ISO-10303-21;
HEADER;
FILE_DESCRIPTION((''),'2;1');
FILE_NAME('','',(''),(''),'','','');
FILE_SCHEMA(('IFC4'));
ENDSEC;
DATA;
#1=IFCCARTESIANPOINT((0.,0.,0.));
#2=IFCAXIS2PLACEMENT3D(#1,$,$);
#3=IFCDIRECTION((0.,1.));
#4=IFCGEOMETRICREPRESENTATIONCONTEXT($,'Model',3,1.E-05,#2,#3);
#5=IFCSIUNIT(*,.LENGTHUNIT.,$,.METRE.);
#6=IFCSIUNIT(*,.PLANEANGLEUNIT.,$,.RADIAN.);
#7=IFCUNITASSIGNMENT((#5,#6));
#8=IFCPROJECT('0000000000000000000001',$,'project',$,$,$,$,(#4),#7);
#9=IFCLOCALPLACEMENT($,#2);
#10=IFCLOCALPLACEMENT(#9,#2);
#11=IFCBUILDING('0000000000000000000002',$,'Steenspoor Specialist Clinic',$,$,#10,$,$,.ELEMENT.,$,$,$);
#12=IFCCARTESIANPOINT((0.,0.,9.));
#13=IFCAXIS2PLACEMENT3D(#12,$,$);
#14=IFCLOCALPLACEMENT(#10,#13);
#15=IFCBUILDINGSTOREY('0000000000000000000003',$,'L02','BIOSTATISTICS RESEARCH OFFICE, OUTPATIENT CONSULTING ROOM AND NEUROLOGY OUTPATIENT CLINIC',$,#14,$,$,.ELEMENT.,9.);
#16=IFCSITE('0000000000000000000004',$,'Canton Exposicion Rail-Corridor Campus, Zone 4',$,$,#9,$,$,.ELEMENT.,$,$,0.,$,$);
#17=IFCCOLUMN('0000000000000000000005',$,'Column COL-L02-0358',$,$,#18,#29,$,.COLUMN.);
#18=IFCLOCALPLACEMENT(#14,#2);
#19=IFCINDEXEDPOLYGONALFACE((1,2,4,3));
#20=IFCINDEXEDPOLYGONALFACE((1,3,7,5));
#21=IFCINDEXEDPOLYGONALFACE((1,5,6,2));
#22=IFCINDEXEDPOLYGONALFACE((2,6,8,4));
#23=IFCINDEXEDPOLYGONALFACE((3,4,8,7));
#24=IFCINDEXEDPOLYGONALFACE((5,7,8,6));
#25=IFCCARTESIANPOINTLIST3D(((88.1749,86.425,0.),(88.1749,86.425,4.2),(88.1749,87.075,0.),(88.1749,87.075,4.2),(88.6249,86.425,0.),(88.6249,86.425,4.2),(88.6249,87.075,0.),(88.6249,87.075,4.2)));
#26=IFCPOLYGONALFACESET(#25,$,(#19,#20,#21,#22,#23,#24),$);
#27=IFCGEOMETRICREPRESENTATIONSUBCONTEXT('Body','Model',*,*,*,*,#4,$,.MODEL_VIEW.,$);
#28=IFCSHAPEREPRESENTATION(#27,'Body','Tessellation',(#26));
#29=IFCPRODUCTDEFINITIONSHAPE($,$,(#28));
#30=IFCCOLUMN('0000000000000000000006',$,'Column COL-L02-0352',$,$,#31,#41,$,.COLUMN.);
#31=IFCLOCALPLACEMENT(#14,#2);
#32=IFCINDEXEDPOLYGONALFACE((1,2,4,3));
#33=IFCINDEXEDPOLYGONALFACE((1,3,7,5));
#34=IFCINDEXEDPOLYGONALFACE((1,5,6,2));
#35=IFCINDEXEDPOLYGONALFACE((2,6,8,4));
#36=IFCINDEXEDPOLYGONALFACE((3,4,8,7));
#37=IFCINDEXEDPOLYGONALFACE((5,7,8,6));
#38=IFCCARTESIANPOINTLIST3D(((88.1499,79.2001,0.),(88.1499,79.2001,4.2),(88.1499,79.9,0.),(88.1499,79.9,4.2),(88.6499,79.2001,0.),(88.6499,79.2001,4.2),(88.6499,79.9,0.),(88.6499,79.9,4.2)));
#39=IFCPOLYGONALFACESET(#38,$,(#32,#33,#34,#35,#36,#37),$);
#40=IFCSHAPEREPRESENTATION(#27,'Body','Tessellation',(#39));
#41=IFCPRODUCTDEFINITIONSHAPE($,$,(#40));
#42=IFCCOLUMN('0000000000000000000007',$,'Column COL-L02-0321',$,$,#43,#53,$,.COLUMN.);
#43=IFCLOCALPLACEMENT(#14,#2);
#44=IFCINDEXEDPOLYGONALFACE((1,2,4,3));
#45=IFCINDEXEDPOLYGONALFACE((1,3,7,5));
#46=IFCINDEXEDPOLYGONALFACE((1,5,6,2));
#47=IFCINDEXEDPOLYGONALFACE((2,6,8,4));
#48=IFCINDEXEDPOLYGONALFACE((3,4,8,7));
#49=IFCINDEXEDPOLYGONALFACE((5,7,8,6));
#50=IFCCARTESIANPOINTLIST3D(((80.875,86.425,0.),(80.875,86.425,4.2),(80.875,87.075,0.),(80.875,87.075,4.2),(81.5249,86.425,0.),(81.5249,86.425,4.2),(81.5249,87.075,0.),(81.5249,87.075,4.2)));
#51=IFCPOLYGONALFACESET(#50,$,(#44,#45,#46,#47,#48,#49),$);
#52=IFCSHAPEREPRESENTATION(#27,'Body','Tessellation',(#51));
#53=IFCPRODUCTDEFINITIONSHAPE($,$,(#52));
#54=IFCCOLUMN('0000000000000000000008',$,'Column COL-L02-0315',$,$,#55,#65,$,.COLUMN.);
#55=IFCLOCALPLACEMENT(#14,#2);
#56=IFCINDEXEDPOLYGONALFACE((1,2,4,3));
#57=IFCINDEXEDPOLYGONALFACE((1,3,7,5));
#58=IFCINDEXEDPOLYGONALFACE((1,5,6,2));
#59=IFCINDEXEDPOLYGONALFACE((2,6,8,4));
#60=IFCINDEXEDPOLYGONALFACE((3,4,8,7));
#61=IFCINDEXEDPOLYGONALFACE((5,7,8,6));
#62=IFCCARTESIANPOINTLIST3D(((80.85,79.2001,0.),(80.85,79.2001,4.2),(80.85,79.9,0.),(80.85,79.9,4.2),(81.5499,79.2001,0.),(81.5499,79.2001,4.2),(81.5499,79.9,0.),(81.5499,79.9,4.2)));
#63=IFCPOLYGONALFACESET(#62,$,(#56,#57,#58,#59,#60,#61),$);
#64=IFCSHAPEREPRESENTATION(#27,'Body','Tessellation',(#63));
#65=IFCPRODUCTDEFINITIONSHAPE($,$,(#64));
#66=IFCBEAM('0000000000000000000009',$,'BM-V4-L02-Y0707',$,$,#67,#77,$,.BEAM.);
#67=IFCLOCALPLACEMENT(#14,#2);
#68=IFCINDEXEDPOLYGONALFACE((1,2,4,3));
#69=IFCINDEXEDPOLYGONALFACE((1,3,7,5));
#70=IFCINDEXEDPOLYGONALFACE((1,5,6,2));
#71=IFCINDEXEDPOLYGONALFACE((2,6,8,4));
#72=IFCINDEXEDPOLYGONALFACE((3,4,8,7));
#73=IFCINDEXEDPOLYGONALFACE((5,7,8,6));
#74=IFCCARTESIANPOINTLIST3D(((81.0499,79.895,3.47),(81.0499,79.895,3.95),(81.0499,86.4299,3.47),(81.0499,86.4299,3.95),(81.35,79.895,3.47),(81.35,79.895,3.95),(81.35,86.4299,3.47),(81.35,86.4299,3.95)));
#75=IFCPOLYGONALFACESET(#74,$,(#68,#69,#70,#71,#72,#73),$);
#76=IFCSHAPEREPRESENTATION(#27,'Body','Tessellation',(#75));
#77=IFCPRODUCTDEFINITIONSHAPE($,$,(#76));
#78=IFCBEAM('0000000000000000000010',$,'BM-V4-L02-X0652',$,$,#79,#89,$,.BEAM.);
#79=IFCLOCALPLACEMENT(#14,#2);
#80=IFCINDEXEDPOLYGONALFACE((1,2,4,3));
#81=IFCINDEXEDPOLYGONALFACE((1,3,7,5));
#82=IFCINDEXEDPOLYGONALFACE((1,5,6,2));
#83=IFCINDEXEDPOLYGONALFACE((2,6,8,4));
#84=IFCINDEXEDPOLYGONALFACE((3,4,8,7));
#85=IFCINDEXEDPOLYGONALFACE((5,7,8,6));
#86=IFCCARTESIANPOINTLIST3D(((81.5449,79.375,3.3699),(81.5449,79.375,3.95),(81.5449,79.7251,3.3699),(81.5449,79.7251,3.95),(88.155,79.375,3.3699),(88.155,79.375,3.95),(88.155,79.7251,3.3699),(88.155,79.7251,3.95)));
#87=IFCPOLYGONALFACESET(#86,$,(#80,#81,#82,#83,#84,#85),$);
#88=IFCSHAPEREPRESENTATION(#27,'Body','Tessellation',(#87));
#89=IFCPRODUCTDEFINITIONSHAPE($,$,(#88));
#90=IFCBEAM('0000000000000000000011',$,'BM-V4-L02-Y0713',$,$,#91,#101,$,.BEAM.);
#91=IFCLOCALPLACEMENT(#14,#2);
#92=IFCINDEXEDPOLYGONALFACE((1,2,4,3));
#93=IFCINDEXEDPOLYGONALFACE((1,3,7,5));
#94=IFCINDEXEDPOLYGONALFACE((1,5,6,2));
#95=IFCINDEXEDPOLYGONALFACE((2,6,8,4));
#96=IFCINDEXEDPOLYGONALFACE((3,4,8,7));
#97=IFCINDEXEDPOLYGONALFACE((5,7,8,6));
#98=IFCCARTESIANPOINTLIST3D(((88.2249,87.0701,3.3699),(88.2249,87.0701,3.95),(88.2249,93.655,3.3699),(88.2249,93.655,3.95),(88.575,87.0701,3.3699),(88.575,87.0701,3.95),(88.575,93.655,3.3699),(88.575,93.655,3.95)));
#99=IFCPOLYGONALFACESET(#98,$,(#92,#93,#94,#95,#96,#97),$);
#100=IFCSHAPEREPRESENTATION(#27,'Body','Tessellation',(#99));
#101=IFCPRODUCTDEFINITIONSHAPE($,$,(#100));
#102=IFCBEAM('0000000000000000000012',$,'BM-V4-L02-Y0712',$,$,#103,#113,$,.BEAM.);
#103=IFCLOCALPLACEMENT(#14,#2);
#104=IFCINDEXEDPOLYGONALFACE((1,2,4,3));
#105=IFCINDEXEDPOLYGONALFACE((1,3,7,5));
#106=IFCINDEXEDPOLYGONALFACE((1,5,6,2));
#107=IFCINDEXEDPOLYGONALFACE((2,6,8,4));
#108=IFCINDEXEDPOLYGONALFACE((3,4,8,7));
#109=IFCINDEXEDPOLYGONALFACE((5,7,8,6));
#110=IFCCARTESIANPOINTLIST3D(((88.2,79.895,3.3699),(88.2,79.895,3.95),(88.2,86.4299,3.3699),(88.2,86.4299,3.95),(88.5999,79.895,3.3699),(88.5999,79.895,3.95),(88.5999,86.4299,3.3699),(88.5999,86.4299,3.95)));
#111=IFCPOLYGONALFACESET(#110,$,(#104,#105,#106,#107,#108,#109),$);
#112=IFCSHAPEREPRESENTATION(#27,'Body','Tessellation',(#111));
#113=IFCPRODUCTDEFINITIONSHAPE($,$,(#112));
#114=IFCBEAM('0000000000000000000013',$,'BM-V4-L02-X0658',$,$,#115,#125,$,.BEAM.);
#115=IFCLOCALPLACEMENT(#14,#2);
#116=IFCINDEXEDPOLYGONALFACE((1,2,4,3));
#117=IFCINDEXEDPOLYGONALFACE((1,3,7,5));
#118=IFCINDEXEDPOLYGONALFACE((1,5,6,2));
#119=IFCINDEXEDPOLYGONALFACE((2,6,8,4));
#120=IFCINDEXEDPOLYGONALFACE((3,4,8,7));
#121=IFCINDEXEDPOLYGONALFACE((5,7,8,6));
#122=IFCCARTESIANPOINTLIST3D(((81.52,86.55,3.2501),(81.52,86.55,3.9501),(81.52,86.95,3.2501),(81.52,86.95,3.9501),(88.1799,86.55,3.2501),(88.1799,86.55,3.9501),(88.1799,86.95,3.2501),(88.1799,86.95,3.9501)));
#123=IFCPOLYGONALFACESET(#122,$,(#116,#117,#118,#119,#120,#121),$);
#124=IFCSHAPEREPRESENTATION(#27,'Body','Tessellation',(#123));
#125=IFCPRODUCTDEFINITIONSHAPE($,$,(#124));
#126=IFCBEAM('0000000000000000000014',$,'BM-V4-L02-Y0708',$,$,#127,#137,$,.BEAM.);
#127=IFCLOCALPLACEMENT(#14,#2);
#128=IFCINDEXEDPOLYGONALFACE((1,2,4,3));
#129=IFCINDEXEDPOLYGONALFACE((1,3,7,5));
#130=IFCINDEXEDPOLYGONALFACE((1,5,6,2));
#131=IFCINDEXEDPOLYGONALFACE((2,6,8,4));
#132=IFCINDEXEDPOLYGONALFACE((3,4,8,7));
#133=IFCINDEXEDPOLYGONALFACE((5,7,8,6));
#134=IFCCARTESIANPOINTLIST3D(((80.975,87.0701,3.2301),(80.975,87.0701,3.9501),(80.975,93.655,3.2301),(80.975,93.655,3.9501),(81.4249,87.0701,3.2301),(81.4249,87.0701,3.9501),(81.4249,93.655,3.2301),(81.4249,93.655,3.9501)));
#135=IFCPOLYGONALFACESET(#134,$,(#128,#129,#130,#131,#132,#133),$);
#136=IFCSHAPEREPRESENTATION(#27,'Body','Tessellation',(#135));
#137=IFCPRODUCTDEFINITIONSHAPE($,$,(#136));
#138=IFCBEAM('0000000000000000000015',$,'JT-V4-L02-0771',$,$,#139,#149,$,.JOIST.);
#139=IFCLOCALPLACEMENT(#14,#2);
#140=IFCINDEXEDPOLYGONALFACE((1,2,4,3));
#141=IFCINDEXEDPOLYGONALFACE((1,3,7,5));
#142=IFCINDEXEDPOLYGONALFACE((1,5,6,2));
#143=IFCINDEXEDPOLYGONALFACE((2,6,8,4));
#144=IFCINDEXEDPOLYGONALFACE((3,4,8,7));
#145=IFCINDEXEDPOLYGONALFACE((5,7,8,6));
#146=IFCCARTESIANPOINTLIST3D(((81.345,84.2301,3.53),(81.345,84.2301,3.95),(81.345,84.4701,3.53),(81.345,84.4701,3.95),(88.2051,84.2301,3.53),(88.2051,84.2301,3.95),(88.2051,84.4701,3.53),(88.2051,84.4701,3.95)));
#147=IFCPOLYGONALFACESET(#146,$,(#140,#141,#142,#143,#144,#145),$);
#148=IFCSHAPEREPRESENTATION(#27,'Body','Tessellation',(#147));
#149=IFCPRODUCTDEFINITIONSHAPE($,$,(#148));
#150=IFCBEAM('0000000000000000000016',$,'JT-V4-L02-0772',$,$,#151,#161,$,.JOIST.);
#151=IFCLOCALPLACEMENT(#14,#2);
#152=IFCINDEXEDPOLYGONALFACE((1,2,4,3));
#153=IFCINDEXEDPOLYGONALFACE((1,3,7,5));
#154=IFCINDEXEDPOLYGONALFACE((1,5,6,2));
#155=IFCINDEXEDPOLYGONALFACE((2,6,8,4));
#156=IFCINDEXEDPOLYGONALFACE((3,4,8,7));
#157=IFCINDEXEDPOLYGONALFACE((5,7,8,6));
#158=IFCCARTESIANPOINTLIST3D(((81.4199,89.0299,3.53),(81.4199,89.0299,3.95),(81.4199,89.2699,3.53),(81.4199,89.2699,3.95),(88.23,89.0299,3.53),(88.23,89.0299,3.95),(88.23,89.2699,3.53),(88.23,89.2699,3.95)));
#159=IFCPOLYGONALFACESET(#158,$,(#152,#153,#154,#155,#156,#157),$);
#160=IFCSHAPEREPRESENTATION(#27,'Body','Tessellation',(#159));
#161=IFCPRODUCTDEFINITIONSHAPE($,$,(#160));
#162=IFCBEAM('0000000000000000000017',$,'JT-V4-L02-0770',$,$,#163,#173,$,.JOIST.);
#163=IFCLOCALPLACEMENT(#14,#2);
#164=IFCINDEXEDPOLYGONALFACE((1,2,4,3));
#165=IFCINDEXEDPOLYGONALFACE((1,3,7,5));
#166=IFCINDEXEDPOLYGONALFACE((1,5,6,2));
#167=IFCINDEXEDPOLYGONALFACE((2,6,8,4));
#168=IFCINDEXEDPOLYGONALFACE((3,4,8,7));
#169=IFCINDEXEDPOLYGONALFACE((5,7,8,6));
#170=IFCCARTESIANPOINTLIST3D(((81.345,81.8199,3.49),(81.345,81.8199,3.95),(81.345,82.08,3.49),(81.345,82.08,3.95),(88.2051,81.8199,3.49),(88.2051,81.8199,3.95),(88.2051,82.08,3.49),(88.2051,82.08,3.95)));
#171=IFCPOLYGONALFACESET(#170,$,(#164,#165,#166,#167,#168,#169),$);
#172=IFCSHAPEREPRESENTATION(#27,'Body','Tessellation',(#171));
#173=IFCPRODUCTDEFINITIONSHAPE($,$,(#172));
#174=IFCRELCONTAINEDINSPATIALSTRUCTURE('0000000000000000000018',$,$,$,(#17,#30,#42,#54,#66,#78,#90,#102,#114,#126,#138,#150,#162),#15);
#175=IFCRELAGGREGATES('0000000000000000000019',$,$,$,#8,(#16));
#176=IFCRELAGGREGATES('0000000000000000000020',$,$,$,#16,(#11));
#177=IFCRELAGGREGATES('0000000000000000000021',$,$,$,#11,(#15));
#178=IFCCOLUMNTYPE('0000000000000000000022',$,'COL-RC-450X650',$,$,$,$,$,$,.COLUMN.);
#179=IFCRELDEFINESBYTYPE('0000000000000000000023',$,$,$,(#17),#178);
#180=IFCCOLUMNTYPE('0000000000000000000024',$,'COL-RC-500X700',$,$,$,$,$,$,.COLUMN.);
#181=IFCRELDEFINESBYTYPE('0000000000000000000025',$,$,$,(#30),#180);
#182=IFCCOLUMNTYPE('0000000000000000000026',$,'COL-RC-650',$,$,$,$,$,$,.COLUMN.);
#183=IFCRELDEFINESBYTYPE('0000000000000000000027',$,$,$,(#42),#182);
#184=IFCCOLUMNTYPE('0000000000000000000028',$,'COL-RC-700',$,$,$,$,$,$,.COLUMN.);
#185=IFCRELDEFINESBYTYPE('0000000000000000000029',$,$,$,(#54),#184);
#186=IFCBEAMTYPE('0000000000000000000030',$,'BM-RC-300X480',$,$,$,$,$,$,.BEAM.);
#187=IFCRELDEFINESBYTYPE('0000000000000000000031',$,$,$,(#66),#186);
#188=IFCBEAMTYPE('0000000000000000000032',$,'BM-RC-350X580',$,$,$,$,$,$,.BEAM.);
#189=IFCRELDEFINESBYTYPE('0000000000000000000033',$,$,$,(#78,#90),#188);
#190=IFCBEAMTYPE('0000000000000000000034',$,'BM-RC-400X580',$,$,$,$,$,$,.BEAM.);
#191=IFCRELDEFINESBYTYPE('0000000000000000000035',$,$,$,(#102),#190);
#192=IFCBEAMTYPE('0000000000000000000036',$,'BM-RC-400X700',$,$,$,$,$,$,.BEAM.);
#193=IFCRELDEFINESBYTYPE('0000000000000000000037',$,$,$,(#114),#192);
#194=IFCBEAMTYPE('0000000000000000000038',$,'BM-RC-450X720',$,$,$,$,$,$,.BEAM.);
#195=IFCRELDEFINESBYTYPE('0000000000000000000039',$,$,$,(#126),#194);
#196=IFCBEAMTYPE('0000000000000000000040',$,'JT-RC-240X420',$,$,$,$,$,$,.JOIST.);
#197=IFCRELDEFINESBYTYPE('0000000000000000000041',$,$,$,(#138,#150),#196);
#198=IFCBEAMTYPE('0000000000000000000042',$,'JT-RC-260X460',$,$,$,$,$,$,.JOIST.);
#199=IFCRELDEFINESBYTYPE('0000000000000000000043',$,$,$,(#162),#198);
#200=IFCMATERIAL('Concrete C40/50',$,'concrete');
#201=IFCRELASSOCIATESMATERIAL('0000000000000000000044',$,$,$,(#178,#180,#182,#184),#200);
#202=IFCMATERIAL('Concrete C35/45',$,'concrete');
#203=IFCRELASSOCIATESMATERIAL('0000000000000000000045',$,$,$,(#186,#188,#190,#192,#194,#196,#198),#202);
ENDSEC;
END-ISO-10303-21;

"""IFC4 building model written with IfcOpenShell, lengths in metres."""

from ifc_helpers import new_model, si_unit, direction, frame, origin, origin_2d, place, context, subcontext, project, spatial, rectangle, extrude, material, material_profile, profile_set, type_object, element, save


model = new_model("IFC4")

# Units and contexts
model_context = context("Model", 3, precision=1e-05, world=origin(), true_north=direction((0.0, 1.0)))
body_context = subcontext(model_context, "Body", "Model", "MODEL_VIEW")
ifc_project = project(units=[si_unit("LENGTHUNIT", "METRE"), si_unit("PLANEANGLEUNIT", "RADIAN")], contexts=[model_context])

# Site, building, storey
site_placement = place(None, origin())
site = spatial("IfcSite", under=ifc_project, at=site_placement, Name="Canton Exposicion Rail-Corridor Campus, Zone 4", CompositionType="ELEMENT", RefElevation=0.0)
building_placement = place(site_placement, origin())
building = spatial("IfcBuilding", under=site, at=building_placement, Name="Steenspoor Specialist Clinic", CompositionType="ELEMENT")
storey_placement = place(building_placement, frame((0.0, 0.0, 9.0)))
storey = spatial("IfcBuildingStorey", under=building, at=storey_placement, Name="L02", Description="BIOSTATISTICS RESEARCH OFFICE, OUTPATIENT CONSULTING ROOM AND NEUROLOGY OUTPATIENT CLINIC", CompositionType="ELEMENT", Elevation=9.0)

# Columns
ifc_material_1 = material(Name="Concrete C40/50", Category="concrete")
ifc_material_profile_1 = material_profile(ifc_material_1, rectangle(XDim=0.45, YDim=0.6499, at=origin_2d()), Name="RC-COL-450X650")
ifc_profile_set_1 = profile_set([ifc_material_profile_1], Name="Concrete C40/50")
column_type_1 = type_object("IfcColumnType", Name="COL-RC-450X650", PredefinedType="COLUMN", material=ifc_profile_set_1)
column_1_placement = place(storey_placement, frame((88.3999, 86.75, 0.0), z_axis=(0.0, 0.0, 1.0), x_axis=(1.0, 0.0, 0.0)))
element("IfcColumn", 1, at=column_1_placement, inside=storey, type_object=column_type_1, Name="Column COL-L02-0358", PredefinedType="COLUMN", context=body_context, shape_type="SweptSolid", body=[
    extrude(rectangle(XDim=0.45, YDim=0.6499, at=origin_2d()), origin(), (0.0, 0.0, 1.0), 4.2),
])
ifc_material_profile_2 = material_profile(ifc_material_1, rectangle(XDim=0.5, YDim=0.7, at=origin_2d()), Name="RC-COL-500X700")
ifc_profile_set_2 = profile_set([ifc_material_profile_2], Name="Concrete C40/50")
column_type_2 = type_object("IfcColumnType", Name="COL-RC-500X700", PredefinedType="COLUMN", material=ifc_profile_set_2)
column_2_placement = place(storey_placement, frame((88.3999, 79.55, 0.0), z_axis=(0.0, 0.0, 1.0), x_axis=(1.0, 0.0, 0.0)))
element("IfcColumn", 2, at=column_2_placement, inside=storey, type_object=column_type_2, Name="Column COL-L02-0352", PredefinedType="COLUMN", context=body_context, shape_type="SweptSolid", body=[
    extrude(rectangle(XDim=0.5, YDim=0.7, at=origin_2d()), origin(), (0.0, 0.0, 1.0), 4.2),
])
ifc_material_profile_3 = material_profile(ifc_material_1, rectangle(XDim=0.6499, YDim=0.6499, at=origin_2d()), Name="RC-COL-650X650")
ifc_profile_set_3 = profile_set([ifc_material_profile_3], Name="Concrete C40/50")
column_type_3 = type_object("IfcColumnType", Name="COL-RC-650", PredefinedType="COLUMN", material=ifc_profile_set_3)
column_3_placement = place(storey_placement, frame((81.2, 86.75, 0.0), z_axis=(0.0, 0.0, 1.0), x_axis=(1.0, 0.0, 0.0)))
element("IfcColumn", 3, at=column_3_placement, inside=storey, type_object=column_type_3, Name="Column COL-L02-0321", PredefinedType="COLUMN", context=body_context, shape_type="SweptSolid", body=[
    extrude(rectangle(XDim=0.6499, YDim=0.6499, at=origin_2d()), origin(), (0.0, 0.0, 1.0), 4.2),
])
ifc_material_profile_4 = material_profile(ifc_material_1, rectangle(XDim=0.7, YDim=0.7, at=origin_2d()), Name="RC-COL-700X700")
ifc_profile_set_4 = profile_set([ifc_material_profile_4], Name="Concrete C40/50")
column_type_4 = type_object("IfcColumnType", Name="COL-RC-700", PredefinedType="COLUMN", material=ifc_profile_set_4)
column_4_placement = place(storey_placement, frame((81.2, 79.55, 0.0), z_axis=(0.0, 0.0, 1.0), x_axis=(1.0, 0.0, 0.0)))
element("IfcColumn", 4, at=column_4_placement, inside=storey, type_object=column_type_4, Name="Column COL-L02-0315", PredefinedType="COLUMN", context=body_context, shape_type="SweptSolid", body=[
    extrude(rectangle(XDim=0.7, YDim=0.7, at=origin_2d()), origin(), (0.0, 0.0, 1.0), 4.2),
])

# Beams
ifc_material_2 = material(Name="Concrete C35/45", Category="concrete")
ifc_material_profile_5 = material_profile(ifc_material_2, rectangle(XDim=0.3, YDim=0.48, at=origin_2d()), Name="RC-BM-300X480")
ifc_profile_set_5 = profile_set([ifc_material_profile_5], Name="Concrete C35/45")
beam_type_1 = type_object("IfcBeamType", Name="BM-RC-300X480", PredefinedType="BEAM", material=ifc_profile_set_5)
beam_1_placement = place(storey_placement, frame((81.2, 79.895, 3.71), z_axis=(0.0, 1.0, 0.0), x_axis=(-1.0, 0.0, 0.0)))
element("IfcBeam", 5, at=beam_1_placement, inside=storey, type_object=beam_type_1, Name="BM-V4-L02-Y0707", PredefinedType="BEAM", context=body_context, shape_type="SweptSolid", body=[
    extrude(rectangle(XDim=0.3, YDim=0.48, at=origin_2d()), origin(), (0.0, 0.0, 1.0), 6.5349),
])
ifc_material_profile_6 = material_profile(ifc_material_2, rectangle(XDim=0.3501, YDim=0.5801, at=origin_2d()), Name="RC-BM-350X580")
ifc_profile_set_6 = profile_set([ifc_material_profile_6], Name="Concrete C35/45")
beam_type_2 = type_object("IfcBeamType", Name="BM-RC-350X580", PredefinedType="BEAM", material=ifc_profile_set_6)
beam_2_placement = place(storey_placement, frame((81.5449, 79.55, 3.6599), z_axis=(1.0, 0.0, 0.0), x_axis=(0.0, 1.0, 0.0)))
element("IfcBeam", 6, at=beam_2_placement, inside=storey, type_object=beam_type_2, Name="BM-V4-L02-X0652", PredefinedType="BEAM", context=body_context, shape_type="SweptSolid", body=[
    extrude(rectangle(XDim=0.3501, YDim=0.5801, at=origin_2d()), origin(), (0.0, 0.0, 1.0), 6.6101),
])
beam_3_placement = place(storey_placement, frame((88.3999, 87.0701, 3.6599), z_axis=(0.0, 1.0, 0.0), x_axis=(-1.0, 0.0, 0.0)))
element("IfcBeam", 7, at=beam_3_placement, inside=storey, type_object=beam_type_2, Name="BM-V4-L02-Y0713", PredefinedType="BEAM", context=body_context, shape_type="SweptSolid", body=[
    extrude(rectangle(XDim=0.3501, YDim=0.5801, at=origin_2d()), origin(), (0.0, 0.0, 1.0), 6.585),
])
ifc_material_profile_7 = material_profile(ifc_material_2, rectangle(XDim=0.3999, YDim=0.5801, at=origin_2d()), Name="RC-BM-400X580")
ifc_profile_set_7 = profile_set([ifc_material_profile_7], Name="Concrete C35/45")
beam_type_3 = type_object("IfcBeamType", Name="BM-RC-400X580", PredefinedType="BEAM", material=ifc_profile_set_7)
beam_4_placement = place(storey_placement, frame((88.3999, 79.895, 3.6599), z_axis=(0.0, 1.0, 0.0), x_axis=(-1.0, 0.0, 0.0)))
element("IfcBeam", 8, at=beam_4_placement, inside=storey, type_object=beam_type_3, Name="BM-V4-L02-Y0712", PredefinedType="BEAM", context=body_context, shape_type="SweptSolid", body=[
    extrude(rectangle(XDim=0.3999, YDim=0.5801, at=origin_2d()), origin(), (0.0, 0.0, 1.0), 6.5349),
])
ifc_material_profile_8 = material_profile(ifc_material_2, rectangle(XDim=0.3999, YDim=0.7, at=origin_2d()), Name="RC-BM-400X700")
ifc_profile_set_8 = profile_set([ifc_material_profile_8], Name="Concrete C35/45")
beam_type_4 = type_object("IfcBeamType", Name="BM-RC-400X700", PredefinedType="BEAM", material=ifc_profile_set_8)
beam_5_placement = place(storey_placement, frame((81.52, 86.75, 3.6001), z_axis=(1.0, 0.0, 0.0), x_axis=(0.0, 1.0, 0.0)))
element("IfcBeam", 9, at=beam_5_placement, inside=storey, type_object=beam_type_4, Name="BM-V4-L02-X0658", PredefinedType="BEAM", context=body_context, shape_type="SweptSolid", body=[
    extrude(rectangle(XDim=0.3999, YDim=0.7, at=origin_2d()), origin(), (0.0, 0.0, 1.0), 6.6599),
])
ifc_material_profile_9 = material_profile(ifc_material_2, rectangle(XDim=0.45, YDim=0.72, at=origin_2d()), Name="RC-BM-450X720")
ifc_profile_set_9 = profile_set([ifc_material_profile_9], Name="Concrete C35/45")
beam_type_5 = type_object("IfcBeamType", Name="BM-RC-450X720", PredefinedType="BEAM", material=ifc_profile_set_9)
beam_6_placement = place(storey_placement, frame((81.2, 87.0701, 3.5901), z_axis=(0.0, 1.0, 0.0), x_axis=(-1.0, 0.0, 0.0)))
element("IfcBeam", 10, at=beam_6_placement, inside=storey, type_object=beam_type_5, Name="BM-V4-L02-Y0708", PredefinedType="BEAM", context=body_context, shape_type="SweptSolid", body=[
    extrude(rectangle(XDim=0.45, YDim=0.72, at=origin_2d()), origin(), (0.0, 0.0, 1.0), 6.585),
])
ifc_material_profile_10 = material_profile(ifc_material_2, rectangle(XDim=0.24, YDim=0.4199, at=origin_2d()), Name="RC-JT-240X420")
ifc_profile_set_10 = profile_set([ifc_material_profile_10], Name="Concrete C35/45")
beam_type_6 = type_object("IfcBeamType", Name="JT-RC-240X420", PredefinedType="JOIST", material=ifc_profile_set_10)
beam_7_placement = place(storey_placement, frame((81.345, 84.3501, 3.74), z_axis=(1.0, 0.0, 0.0), x_axis=(0.0, 1.0, 0.0)))
element("IfcBeam", 11, at=beam_7_placement, inside=storey, type_object=beam_type_6, Name="JT-V4-L02-0771", PredefinedType="JOIST", context=body_context, shape_type="SweptSolid", body=[
    extrude(rectangle(XDim=0.24, YDim=0.4199, at=origin_2d()), origin(), (0.0, 0.0, 1.0), 6.8601),
])
beam_8_placement = place(storey_placement, frame((81.4199, 89.1499, 3.74), z_axis=(1.0, 0.0, 0.0), x_axis=(0.0, 1.0, 0.0)))
element("IfcBeam", 12, at=beam_8_placement, inside=storey, type_object=beam_type_6, Name="JT-V4-L02-0772", PredefinedType="JOIST", context=body_context, shape_type="SweptSolid", body=[
    extrude(rectangle(XDim=0.24, YDim=0.4199, at=origin_2d()), origin(), (0.0, 0.0, 1.0), 6.8101),
])
ifc_material_profile_11 = material_profile(ifc_material_2, rectangle(XDim=0.26, YDim=0.46, at=origin_2d()), Name="RC-JT-260X460")
ifc_profile_set_11 = profile_set([ifc_material_profile_11], Name="Concrete C35/45")
beam_type_7 = type_object("IfcBeamType", Name="JT-RC-260X460", PredefinedType="JOIST", material=ifc_profile_set_11)
beam_9_placement = place(storey_placement, frame((81.345, 81.95, 3.72), z_axis=(1.0, 0.0, 0.0), x_axis=(0.0, 1.0, 0.0)))
element("IfcBeam", 13, at=beam_9_placement, inside=storey, type_object=beam_type_7, Name="JT-V4-L02-0770", PredefinedType="JOIST", context=body_context, shape_type="SweptSolid", body=[
    extrude(rectangle(XDim=0.26, YDim=0.46, at=origin_2d()), origin(), (0.0, 0.0, 1.0), 6.8601),
])

save(model, "model.ifc")
